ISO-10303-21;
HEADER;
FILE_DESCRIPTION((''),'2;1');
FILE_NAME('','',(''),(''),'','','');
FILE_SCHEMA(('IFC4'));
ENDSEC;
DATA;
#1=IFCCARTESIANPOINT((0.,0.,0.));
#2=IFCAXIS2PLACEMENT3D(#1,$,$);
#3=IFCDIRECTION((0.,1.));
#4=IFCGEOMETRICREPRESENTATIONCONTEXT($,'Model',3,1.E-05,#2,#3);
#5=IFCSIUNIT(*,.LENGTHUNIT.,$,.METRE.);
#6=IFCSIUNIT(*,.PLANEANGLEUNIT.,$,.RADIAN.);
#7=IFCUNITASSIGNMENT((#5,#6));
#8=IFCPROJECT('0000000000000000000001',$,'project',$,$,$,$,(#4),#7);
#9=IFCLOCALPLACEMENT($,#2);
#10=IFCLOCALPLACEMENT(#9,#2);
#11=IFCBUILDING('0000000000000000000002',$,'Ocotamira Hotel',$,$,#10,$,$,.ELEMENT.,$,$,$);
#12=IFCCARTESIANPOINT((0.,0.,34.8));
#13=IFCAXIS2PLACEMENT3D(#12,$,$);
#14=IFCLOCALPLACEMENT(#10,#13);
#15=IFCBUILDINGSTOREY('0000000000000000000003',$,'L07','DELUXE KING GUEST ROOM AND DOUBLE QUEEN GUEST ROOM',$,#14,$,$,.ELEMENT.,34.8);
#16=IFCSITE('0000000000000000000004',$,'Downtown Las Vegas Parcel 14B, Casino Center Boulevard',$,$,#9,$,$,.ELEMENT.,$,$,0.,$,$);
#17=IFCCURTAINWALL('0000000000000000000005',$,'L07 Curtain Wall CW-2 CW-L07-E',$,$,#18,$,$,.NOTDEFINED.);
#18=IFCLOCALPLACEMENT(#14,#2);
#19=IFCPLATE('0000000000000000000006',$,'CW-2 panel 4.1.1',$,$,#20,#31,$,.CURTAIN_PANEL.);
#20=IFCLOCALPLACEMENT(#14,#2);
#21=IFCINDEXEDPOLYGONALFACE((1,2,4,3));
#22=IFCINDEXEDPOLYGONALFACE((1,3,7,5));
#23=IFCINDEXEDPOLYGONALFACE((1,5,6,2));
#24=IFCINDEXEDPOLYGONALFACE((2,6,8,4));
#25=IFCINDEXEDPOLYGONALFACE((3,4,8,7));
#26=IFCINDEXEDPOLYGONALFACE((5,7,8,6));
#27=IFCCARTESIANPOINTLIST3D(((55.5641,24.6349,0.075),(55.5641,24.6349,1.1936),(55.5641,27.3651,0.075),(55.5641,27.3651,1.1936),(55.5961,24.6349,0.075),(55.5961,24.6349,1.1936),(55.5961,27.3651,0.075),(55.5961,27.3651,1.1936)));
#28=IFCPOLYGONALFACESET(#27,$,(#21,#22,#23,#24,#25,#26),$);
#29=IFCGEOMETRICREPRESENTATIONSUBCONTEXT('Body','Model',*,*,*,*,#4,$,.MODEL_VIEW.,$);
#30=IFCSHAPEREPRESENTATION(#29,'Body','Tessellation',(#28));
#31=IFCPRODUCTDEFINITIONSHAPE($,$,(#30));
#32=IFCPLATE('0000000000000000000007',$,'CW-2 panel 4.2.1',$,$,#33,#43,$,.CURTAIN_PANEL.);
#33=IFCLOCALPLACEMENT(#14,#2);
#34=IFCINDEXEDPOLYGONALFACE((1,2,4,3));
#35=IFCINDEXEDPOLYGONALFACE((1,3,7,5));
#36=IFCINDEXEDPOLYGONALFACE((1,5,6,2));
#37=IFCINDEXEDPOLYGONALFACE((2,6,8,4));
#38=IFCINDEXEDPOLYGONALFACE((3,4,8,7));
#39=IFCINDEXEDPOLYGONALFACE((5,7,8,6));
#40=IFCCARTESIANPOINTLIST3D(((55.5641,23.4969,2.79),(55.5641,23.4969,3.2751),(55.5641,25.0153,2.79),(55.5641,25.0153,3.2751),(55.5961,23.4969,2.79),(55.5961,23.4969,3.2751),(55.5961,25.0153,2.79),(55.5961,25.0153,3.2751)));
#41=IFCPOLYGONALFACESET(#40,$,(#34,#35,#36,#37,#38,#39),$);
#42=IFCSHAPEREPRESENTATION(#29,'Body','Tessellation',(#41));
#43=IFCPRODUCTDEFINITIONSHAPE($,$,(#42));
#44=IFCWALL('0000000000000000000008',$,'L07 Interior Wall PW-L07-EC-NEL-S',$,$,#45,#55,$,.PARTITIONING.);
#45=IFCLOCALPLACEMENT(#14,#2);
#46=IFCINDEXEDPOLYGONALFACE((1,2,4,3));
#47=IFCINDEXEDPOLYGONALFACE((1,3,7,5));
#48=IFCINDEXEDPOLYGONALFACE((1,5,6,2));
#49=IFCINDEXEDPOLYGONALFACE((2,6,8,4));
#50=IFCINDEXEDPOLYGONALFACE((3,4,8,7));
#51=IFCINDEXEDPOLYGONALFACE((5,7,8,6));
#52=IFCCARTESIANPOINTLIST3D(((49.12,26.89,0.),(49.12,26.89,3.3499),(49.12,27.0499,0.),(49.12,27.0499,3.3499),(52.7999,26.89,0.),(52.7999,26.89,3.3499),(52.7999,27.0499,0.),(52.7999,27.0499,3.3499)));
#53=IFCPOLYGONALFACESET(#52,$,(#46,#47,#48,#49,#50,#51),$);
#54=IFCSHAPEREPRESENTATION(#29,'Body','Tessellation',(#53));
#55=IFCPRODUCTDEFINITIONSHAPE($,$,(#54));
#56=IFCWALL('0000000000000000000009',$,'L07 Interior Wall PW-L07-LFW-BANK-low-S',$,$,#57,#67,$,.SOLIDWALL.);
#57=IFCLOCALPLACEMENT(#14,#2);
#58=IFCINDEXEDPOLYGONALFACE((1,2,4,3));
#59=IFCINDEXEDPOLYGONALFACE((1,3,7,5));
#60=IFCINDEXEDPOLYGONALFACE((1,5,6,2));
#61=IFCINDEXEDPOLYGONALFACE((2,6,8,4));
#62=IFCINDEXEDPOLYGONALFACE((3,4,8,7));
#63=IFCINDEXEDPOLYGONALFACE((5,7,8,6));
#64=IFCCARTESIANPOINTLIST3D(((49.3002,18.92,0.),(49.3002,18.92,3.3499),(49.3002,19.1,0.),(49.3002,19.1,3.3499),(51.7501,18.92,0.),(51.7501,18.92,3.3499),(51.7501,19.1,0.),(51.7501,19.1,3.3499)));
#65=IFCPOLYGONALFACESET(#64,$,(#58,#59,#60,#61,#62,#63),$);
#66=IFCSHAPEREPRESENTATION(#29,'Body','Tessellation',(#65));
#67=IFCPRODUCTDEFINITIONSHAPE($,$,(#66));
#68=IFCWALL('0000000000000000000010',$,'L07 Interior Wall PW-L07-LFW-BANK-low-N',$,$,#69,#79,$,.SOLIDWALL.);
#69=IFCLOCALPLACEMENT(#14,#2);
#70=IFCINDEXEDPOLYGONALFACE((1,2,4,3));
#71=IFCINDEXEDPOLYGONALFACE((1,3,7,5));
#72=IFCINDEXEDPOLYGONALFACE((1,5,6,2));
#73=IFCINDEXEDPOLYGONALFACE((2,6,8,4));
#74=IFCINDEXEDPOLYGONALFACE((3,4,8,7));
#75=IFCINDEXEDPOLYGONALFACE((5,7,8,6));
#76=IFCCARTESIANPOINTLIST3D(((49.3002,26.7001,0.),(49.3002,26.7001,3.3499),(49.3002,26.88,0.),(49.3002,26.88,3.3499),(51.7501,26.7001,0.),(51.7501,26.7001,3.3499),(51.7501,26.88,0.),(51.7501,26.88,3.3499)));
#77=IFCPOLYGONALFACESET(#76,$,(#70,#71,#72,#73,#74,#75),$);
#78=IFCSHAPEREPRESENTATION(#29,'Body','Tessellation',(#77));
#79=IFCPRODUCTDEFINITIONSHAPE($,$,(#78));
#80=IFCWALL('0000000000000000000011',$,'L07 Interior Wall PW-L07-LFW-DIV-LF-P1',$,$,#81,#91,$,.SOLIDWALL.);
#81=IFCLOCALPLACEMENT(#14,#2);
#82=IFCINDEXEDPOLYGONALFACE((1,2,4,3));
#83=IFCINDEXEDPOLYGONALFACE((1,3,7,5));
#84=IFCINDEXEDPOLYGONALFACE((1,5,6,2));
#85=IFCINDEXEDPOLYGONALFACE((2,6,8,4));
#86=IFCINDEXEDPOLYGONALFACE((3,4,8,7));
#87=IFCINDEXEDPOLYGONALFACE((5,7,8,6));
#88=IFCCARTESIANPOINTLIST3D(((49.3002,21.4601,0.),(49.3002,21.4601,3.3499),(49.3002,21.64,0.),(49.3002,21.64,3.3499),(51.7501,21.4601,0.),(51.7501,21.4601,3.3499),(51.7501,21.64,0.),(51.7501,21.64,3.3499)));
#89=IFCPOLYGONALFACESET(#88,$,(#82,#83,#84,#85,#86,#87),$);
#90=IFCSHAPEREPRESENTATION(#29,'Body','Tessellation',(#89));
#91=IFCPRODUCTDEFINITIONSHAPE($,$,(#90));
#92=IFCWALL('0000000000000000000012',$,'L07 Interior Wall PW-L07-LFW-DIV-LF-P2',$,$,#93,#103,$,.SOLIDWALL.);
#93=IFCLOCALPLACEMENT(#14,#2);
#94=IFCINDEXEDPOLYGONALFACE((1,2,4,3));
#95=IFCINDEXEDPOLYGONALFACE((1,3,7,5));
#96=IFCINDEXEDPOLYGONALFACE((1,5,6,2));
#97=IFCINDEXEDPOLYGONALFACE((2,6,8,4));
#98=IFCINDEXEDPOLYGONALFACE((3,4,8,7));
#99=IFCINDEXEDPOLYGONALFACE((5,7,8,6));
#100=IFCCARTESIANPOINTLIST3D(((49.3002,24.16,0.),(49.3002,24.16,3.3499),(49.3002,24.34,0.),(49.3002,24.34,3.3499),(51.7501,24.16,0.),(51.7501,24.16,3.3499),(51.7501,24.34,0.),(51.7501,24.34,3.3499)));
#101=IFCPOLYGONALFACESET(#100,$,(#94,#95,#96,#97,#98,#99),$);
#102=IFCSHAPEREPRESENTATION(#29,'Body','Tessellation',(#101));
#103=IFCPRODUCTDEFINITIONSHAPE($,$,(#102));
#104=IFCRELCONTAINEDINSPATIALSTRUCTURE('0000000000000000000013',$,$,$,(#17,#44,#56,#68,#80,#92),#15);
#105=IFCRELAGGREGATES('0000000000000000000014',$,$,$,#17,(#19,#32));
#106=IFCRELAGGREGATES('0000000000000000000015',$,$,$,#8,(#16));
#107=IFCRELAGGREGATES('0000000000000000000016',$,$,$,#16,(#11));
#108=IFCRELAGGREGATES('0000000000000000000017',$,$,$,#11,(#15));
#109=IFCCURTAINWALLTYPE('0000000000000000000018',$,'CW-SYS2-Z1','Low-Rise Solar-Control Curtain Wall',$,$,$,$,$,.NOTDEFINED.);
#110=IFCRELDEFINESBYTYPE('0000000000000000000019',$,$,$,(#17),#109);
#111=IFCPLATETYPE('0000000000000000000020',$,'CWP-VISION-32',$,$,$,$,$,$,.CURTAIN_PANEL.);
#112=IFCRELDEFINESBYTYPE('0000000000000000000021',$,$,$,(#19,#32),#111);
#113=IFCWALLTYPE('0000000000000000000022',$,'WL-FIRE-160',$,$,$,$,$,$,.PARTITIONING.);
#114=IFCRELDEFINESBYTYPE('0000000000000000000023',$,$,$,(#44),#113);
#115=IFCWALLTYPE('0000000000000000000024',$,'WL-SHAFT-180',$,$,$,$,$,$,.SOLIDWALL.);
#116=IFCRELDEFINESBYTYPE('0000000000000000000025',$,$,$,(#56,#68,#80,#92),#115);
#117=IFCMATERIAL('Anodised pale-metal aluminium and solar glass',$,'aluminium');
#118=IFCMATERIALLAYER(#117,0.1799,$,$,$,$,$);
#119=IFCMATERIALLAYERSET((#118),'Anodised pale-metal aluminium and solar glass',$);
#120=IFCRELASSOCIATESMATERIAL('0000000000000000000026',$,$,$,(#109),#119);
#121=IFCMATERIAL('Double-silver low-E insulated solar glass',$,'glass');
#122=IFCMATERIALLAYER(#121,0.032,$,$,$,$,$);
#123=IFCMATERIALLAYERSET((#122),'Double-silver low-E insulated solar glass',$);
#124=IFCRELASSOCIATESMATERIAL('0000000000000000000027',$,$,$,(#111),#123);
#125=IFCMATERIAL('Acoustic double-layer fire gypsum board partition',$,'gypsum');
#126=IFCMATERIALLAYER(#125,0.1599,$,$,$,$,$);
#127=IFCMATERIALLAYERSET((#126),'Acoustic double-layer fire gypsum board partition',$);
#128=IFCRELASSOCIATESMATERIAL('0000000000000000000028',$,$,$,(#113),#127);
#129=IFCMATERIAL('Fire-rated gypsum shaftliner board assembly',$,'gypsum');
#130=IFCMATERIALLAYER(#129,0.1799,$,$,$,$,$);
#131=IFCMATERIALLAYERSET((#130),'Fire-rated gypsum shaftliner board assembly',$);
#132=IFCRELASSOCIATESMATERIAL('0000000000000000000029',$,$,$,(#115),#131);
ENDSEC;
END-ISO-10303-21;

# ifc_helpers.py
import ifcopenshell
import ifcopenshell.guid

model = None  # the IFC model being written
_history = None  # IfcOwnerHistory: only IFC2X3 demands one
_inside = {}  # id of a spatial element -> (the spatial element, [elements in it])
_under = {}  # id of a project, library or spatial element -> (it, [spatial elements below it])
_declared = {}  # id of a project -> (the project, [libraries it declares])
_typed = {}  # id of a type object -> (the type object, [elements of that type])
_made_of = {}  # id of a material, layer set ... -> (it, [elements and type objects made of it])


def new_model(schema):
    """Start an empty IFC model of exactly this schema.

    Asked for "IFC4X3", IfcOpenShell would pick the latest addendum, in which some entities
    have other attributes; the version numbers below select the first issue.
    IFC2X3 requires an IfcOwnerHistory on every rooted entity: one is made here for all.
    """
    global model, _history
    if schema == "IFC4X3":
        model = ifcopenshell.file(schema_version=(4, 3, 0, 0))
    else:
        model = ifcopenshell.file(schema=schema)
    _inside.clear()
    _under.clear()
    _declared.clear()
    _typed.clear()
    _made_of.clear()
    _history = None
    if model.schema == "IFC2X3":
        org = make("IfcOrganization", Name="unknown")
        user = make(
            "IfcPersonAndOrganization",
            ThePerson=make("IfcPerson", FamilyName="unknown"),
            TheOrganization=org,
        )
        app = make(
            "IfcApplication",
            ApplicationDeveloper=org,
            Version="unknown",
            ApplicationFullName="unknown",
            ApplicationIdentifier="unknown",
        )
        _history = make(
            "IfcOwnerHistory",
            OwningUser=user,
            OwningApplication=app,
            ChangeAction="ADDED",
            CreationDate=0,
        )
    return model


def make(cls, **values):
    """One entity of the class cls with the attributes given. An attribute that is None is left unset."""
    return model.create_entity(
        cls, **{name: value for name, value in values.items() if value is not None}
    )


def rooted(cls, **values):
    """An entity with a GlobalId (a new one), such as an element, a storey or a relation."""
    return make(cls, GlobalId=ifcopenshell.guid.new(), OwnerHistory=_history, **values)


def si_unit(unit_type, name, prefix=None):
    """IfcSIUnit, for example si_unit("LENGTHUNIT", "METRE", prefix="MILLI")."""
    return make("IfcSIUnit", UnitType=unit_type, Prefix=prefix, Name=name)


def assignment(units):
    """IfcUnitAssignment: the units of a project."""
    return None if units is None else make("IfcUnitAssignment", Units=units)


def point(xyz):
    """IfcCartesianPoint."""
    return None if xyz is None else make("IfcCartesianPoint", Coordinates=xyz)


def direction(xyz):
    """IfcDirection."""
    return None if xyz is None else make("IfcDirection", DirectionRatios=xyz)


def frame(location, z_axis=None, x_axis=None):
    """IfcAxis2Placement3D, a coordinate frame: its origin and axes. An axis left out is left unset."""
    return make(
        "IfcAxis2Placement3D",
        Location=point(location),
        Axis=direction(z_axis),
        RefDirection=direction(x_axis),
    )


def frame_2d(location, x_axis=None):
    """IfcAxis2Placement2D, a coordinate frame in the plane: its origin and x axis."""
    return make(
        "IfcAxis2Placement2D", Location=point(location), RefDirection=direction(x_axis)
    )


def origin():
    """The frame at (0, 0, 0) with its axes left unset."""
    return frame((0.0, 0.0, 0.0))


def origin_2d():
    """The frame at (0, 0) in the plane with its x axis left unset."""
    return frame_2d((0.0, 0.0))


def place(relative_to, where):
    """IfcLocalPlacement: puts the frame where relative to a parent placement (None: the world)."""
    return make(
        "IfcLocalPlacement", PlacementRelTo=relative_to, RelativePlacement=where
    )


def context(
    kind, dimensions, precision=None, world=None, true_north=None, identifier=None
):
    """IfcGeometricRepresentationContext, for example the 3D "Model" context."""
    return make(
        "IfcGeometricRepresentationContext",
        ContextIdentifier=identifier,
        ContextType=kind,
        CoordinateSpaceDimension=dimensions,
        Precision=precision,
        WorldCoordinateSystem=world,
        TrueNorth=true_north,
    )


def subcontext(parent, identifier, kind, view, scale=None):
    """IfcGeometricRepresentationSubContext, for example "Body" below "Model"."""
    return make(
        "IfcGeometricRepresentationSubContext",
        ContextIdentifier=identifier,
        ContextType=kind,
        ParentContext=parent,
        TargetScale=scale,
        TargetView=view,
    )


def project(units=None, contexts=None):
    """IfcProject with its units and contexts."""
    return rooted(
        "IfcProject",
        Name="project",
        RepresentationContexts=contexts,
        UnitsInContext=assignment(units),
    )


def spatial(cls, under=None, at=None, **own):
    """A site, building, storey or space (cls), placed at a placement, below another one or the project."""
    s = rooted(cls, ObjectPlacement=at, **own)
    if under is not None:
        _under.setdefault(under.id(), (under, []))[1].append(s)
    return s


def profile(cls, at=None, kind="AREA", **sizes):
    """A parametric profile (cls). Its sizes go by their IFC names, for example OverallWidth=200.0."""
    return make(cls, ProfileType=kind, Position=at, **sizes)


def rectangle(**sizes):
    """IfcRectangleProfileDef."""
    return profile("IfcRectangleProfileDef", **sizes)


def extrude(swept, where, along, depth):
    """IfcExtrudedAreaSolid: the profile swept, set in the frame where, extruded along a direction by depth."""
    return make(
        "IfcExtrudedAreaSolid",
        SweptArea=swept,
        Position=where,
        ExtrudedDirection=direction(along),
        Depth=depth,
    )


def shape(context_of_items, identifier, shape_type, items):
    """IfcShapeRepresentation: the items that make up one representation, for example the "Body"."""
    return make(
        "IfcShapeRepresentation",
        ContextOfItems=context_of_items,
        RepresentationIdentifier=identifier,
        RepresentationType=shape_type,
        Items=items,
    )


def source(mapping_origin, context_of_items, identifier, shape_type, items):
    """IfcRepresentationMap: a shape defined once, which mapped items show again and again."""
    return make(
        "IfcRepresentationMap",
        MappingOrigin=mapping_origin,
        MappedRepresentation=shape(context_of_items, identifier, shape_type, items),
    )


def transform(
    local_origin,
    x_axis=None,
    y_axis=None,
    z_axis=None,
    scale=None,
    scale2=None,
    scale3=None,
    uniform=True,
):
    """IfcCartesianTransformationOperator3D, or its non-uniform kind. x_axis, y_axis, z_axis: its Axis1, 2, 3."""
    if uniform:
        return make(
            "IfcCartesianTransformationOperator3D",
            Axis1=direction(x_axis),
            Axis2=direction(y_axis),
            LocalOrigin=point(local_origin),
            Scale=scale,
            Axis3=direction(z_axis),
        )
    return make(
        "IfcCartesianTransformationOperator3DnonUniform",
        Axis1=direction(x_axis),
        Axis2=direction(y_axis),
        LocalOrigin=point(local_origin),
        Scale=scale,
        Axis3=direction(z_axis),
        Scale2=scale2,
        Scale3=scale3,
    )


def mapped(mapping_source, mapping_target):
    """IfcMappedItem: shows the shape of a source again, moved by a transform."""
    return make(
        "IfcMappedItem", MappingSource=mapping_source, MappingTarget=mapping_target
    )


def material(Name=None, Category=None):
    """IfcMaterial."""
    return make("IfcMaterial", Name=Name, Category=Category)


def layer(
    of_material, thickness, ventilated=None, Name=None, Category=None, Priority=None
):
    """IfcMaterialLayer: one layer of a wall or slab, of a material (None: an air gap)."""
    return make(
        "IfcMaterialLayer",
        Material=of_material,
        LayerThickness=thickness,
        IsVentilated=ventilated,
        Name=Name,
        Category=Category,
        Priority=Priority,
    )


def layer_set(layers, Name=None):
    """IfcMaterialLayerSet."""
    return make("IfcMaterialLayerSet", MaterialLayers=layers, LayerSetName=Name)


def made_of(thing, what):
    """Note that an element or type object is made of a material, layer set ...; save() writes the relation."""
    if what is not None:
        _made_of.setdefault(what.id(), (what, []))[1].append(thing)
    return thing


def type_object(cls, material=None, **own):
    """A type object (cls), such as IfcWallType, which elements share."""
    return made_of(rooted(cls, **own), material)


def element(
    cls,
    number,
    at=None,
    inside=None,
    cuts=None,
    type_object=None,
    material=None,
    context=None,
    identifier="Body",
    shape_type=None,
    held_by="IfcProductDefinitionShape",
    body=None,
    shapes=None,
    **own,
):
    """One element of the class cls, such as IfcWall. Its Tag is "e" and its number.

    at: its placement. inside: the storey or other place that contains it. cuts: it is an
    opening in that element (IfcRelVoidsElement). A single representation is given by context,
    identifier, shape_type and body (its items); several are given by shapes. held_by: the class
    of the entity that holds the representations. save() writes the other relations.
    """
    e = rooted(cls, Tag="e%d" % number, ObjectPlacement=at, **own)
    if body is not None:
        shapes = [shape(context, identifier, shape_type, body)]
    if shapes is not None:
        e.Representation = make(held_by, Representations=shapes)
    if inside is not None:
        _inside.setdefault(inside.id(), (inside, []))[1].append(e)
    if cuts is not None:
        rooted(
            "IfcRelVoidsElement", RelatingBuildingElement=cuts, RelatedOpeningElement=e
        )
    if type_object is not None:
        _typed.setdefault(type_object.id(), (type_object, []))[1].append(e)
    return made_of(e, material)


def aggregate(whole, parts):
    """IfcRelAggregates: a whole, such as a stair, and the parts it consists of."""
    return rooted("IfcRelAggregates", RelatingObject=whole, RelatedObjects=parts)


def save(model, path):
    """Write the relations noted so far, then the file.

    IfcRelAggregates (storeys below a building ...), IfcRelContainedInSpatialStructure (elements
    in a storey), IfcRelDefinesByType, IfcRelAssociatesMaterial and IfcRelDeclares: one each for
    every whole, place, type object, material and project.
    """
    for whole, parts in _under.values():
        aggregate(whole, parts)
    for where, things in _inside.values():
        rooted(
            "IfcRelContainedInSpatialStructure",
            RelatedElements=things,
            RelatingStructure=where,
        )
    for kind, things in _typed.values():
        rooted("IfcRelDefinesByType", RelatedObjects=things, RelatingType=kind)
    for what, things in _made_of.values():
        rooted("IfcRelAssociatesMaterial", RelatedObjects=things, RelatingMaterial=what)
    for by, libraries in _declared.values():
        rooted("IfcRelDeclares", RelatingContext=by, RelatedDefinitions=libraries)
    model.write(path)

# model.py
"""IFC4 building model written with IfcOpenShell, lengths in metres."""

from ifc_helpers import new_model, si_unit, direction, frame, frame_2d, origin, origin_2d, place, context, subcontext, project, spatial, rectangle, extrude, source, transform, mapped, material, layer, layer_set, type_object, element, aggregate, save


model = new_model("IFC4")

# Units and contexts
model_context = context("Model", 3, precision=1e-05, world=origin(), true_north=direction((0.0, 1.0)))
body_context = subcontext(model_context, "Body", "Model", "MODEL_VIEW")
ifc_project = project(units=[si_unit("LENGTHUNIT", "METRE"), si_unit("PLANEANGLEUNIT", "RADIAN")], contexts=[model_context])

# Site, building, storey
site_placement = place(None, origin())
site = spatial("IfcSite", under=ifc_project, at=site_placement, Name="Downtown Las Vegas Parcel 14B, Casino Center Boulevard", CompositionType="ELEMENT", RefElevation=0.0)
building_placement = place(site_placement, origin())
building = spatial("IfcBuilding", under=site, at=building_placement, Name="Ocotamira Hotel", CompositionType="ELEMENT")
storey_placement = place(building_placement, frame((0.0, 0.0, 34.8)))
storey = spatial("IfcBuildingStorey", under=building, at=storey_placement, Name="L07", Description="DELUXE KING GUEST ROOM AND DOUBLE QUEEN GUEST ROOM", CompositionType="ELEMENT", Elevation=34.8)

# Curtain wall
ifc_material_1 = material(Name="Anodised pale-metal aluminium and solar glass", Category="aluminium")
ifc_layer_1 = layer(ifc_material_1, 0.1799)
ifc_layer_set_1 = layer_set([ifc_layer_1], Name="Anodised pale-metal aluminium and solar glass")
curtain_wall_type = type_object("IfcCurtainWallType", Name="CW-SYS2-Z1", Description="Low-Rise Solar-Control Curtain Wall", PredefinedType="NOTDEFINED", material=ifc_layer_set_1)
curtain_wall_placement = place(storey_placement, origin())
curtain_wall = element("IfcCurtainWall", 1, at=curtain_wall_placement, inside=storey, type_object=curtain_wall_type, Name="L07 Curtain Wall CW-2 CW-L07-E", PredefinedType="NOTDEFINED")

# Plates
ifc_material_2 = material(Name="Double-silver low-E insulated solar glass", Category="glass")
ifc_layer_2 = layer(ifc_material_2, 0.032)
ifc_layer_set_2 = layer_set([ifc_layer_2], Name="Double-silver low-E insulated solar glass")
plate_type_1 = type_object("IfcPlateType", Name="CWP-VISION-32", PredefinedType="CURTAIN_PANEL", material=ifc_layer_set_2)
shared_shape_1 = source(origin(), body_context, "Body", "SweptSolid", [
    extrude(rectangle(XDim=2.7302, YDim=0.032, at=origin_2d()), origin(), (0.0, 0.0, 1.0), 1.1187),
])
plate_1_placement = place(storey_placement, frame((55.5801, 26.0, 0.075), z_axis=(0.0, 0.0, 1.0), x_axis=(0.0, 1.0, 0.0)))
plate_1 = element("IfcPlate", 2, at=plate_1_placement, type_object=plate_type_1, Name="CW-2 panel 4.1.1", PredefinedType="CURTAIN_PANEL", context=body_context, shape_type="MappedRepresentation", body=[
    mapped(shared_shape_1, transform((0.0, 0.0, 0.0), scale=1.0)),
])
shared_shape_2 = source(origin(), body_context, "Body", "SweptSolid", [
    extrude(rectangle(XDim=1.5183, YDim=0.032, at=origin_2d()), origin(), (0.0, 0.0, 1.0), 0.4851),
])
plate_2_placement = place(storey_placement, frame((55.5801, 24.2561, 2.79), z_axis=(0.0, 0.0, 1.0), x_axis=(0.0, 1.0, 0.0)))
plate_2 = element("IfcPlate", 3, at=plate_2_placement, type_object=plate_type_1, Name="CW-2 panel 4.2.1", PredefinedType="CURTAIN_PANEL", context=body_context, shape_type="MappedRepresentation", body=[
    mapped(shared_shape_2, transform((0.0, 0.0, 0.0), scale=1.0)),
])
aggregate(curtain_wall, [plate_1, plate_2])

# Walls
ifc_material_3 = material(Name="Acoustic double-layer fire gypsum board partition", Category="gypsum")
ifc_layer_3 = layer(ifc_material_3, 0.1599)
ifc_layer_set_3 = layer_set([ifc_layer_3], Name="Acoustic double-layer fire gypsum board partition")
wall_type_1 = type_object("IfcWallType", Name="WL-FIRE-160", PredefinedType="PARTITIONING", material=ifc_layer_set_3)
wall_placement = place(storey_placement, frame((49.1201, 26.97, 0.0), z_axis=(0.0, 0.0, 1.0), x_axis=(1.0, 0.0, 0.0)))
element("IfcWall", 4, at=wall_placement, inside=storey, type_object=wall_type_1, Name="L07 Interior Wall PW-L07-EC-NEL-S", PredefinedType="PARTITIONING", context=body_context, shape_type="SweptSolid", body=[
    extrude(rectangle(XDim=3.6799, YDim=0.1599, at=frame_2d((1.8398, 0.0))), origin(), (0.0, 0.0, 1.0), 3.3499),
])
ifc_material_4 = material(Name="Fire-rated gypsum shaftliner board assembly", Category="gypsum")
ifc_layer_4 = layer(ifc_material_4, 0.1799)
ifc_layer_set_4 = layer_set([ifc_layer_4], Name="Fire-rated gypsum shaftliner board assembly")
wall_type_2 = type_object("IfcWallType", Name="WL-SHAFT-180", PredefinedType="SOLIDWALL", material=ifc_layer_set_4)
for number, where, z_axis, x_axis, name in (
    (5, (49.3, 19.01, 0.0), (0.0, 0.0, 1.0), (1.0, 0.0, 0.0), "L07 Interior Wall PW-L07-LFW-BANK-low-S"),
    (6, (49.3, 26.79, 0.0), (0.0, 0.0, 1.0), (1.0, 0.0, 0.0), "L07 Interior Wall PW-L07-LFW-BANK-low-N"),
    (7, (49.3, 21.55, 0.0), (0.0, 0.0, 1.0), (1.0, 0.0, 0.0), "L07 Interior Wall PW-L07-LFW-DIV-LF-P1"),
    (8, (49.3, 24.25, 0.0), (0.0, 0.0, 1.0), (1.0, 0.0, 0.0), "L07 Interior Wall PW-L07-LFW-DIV-LF-P2"),
):
    element("IfcWall", number, at=place(storey_placement, frame(where, z_axis=z_axis, x_axis=x_axis)), inside=storey, type_object=wall_type_2, Name=name, PredefinedType="SOLIDWALL", context=body_context, shape_type="SweptSolid", body=[
        extrude(rectangle(XDim=2.45, YDim=0.1799, at=frame_2d((1.2251, 0.0))), origin(), (0.0, 0.0, 1.0), 3.3499),
    ])

save(model, "model.ifc")
